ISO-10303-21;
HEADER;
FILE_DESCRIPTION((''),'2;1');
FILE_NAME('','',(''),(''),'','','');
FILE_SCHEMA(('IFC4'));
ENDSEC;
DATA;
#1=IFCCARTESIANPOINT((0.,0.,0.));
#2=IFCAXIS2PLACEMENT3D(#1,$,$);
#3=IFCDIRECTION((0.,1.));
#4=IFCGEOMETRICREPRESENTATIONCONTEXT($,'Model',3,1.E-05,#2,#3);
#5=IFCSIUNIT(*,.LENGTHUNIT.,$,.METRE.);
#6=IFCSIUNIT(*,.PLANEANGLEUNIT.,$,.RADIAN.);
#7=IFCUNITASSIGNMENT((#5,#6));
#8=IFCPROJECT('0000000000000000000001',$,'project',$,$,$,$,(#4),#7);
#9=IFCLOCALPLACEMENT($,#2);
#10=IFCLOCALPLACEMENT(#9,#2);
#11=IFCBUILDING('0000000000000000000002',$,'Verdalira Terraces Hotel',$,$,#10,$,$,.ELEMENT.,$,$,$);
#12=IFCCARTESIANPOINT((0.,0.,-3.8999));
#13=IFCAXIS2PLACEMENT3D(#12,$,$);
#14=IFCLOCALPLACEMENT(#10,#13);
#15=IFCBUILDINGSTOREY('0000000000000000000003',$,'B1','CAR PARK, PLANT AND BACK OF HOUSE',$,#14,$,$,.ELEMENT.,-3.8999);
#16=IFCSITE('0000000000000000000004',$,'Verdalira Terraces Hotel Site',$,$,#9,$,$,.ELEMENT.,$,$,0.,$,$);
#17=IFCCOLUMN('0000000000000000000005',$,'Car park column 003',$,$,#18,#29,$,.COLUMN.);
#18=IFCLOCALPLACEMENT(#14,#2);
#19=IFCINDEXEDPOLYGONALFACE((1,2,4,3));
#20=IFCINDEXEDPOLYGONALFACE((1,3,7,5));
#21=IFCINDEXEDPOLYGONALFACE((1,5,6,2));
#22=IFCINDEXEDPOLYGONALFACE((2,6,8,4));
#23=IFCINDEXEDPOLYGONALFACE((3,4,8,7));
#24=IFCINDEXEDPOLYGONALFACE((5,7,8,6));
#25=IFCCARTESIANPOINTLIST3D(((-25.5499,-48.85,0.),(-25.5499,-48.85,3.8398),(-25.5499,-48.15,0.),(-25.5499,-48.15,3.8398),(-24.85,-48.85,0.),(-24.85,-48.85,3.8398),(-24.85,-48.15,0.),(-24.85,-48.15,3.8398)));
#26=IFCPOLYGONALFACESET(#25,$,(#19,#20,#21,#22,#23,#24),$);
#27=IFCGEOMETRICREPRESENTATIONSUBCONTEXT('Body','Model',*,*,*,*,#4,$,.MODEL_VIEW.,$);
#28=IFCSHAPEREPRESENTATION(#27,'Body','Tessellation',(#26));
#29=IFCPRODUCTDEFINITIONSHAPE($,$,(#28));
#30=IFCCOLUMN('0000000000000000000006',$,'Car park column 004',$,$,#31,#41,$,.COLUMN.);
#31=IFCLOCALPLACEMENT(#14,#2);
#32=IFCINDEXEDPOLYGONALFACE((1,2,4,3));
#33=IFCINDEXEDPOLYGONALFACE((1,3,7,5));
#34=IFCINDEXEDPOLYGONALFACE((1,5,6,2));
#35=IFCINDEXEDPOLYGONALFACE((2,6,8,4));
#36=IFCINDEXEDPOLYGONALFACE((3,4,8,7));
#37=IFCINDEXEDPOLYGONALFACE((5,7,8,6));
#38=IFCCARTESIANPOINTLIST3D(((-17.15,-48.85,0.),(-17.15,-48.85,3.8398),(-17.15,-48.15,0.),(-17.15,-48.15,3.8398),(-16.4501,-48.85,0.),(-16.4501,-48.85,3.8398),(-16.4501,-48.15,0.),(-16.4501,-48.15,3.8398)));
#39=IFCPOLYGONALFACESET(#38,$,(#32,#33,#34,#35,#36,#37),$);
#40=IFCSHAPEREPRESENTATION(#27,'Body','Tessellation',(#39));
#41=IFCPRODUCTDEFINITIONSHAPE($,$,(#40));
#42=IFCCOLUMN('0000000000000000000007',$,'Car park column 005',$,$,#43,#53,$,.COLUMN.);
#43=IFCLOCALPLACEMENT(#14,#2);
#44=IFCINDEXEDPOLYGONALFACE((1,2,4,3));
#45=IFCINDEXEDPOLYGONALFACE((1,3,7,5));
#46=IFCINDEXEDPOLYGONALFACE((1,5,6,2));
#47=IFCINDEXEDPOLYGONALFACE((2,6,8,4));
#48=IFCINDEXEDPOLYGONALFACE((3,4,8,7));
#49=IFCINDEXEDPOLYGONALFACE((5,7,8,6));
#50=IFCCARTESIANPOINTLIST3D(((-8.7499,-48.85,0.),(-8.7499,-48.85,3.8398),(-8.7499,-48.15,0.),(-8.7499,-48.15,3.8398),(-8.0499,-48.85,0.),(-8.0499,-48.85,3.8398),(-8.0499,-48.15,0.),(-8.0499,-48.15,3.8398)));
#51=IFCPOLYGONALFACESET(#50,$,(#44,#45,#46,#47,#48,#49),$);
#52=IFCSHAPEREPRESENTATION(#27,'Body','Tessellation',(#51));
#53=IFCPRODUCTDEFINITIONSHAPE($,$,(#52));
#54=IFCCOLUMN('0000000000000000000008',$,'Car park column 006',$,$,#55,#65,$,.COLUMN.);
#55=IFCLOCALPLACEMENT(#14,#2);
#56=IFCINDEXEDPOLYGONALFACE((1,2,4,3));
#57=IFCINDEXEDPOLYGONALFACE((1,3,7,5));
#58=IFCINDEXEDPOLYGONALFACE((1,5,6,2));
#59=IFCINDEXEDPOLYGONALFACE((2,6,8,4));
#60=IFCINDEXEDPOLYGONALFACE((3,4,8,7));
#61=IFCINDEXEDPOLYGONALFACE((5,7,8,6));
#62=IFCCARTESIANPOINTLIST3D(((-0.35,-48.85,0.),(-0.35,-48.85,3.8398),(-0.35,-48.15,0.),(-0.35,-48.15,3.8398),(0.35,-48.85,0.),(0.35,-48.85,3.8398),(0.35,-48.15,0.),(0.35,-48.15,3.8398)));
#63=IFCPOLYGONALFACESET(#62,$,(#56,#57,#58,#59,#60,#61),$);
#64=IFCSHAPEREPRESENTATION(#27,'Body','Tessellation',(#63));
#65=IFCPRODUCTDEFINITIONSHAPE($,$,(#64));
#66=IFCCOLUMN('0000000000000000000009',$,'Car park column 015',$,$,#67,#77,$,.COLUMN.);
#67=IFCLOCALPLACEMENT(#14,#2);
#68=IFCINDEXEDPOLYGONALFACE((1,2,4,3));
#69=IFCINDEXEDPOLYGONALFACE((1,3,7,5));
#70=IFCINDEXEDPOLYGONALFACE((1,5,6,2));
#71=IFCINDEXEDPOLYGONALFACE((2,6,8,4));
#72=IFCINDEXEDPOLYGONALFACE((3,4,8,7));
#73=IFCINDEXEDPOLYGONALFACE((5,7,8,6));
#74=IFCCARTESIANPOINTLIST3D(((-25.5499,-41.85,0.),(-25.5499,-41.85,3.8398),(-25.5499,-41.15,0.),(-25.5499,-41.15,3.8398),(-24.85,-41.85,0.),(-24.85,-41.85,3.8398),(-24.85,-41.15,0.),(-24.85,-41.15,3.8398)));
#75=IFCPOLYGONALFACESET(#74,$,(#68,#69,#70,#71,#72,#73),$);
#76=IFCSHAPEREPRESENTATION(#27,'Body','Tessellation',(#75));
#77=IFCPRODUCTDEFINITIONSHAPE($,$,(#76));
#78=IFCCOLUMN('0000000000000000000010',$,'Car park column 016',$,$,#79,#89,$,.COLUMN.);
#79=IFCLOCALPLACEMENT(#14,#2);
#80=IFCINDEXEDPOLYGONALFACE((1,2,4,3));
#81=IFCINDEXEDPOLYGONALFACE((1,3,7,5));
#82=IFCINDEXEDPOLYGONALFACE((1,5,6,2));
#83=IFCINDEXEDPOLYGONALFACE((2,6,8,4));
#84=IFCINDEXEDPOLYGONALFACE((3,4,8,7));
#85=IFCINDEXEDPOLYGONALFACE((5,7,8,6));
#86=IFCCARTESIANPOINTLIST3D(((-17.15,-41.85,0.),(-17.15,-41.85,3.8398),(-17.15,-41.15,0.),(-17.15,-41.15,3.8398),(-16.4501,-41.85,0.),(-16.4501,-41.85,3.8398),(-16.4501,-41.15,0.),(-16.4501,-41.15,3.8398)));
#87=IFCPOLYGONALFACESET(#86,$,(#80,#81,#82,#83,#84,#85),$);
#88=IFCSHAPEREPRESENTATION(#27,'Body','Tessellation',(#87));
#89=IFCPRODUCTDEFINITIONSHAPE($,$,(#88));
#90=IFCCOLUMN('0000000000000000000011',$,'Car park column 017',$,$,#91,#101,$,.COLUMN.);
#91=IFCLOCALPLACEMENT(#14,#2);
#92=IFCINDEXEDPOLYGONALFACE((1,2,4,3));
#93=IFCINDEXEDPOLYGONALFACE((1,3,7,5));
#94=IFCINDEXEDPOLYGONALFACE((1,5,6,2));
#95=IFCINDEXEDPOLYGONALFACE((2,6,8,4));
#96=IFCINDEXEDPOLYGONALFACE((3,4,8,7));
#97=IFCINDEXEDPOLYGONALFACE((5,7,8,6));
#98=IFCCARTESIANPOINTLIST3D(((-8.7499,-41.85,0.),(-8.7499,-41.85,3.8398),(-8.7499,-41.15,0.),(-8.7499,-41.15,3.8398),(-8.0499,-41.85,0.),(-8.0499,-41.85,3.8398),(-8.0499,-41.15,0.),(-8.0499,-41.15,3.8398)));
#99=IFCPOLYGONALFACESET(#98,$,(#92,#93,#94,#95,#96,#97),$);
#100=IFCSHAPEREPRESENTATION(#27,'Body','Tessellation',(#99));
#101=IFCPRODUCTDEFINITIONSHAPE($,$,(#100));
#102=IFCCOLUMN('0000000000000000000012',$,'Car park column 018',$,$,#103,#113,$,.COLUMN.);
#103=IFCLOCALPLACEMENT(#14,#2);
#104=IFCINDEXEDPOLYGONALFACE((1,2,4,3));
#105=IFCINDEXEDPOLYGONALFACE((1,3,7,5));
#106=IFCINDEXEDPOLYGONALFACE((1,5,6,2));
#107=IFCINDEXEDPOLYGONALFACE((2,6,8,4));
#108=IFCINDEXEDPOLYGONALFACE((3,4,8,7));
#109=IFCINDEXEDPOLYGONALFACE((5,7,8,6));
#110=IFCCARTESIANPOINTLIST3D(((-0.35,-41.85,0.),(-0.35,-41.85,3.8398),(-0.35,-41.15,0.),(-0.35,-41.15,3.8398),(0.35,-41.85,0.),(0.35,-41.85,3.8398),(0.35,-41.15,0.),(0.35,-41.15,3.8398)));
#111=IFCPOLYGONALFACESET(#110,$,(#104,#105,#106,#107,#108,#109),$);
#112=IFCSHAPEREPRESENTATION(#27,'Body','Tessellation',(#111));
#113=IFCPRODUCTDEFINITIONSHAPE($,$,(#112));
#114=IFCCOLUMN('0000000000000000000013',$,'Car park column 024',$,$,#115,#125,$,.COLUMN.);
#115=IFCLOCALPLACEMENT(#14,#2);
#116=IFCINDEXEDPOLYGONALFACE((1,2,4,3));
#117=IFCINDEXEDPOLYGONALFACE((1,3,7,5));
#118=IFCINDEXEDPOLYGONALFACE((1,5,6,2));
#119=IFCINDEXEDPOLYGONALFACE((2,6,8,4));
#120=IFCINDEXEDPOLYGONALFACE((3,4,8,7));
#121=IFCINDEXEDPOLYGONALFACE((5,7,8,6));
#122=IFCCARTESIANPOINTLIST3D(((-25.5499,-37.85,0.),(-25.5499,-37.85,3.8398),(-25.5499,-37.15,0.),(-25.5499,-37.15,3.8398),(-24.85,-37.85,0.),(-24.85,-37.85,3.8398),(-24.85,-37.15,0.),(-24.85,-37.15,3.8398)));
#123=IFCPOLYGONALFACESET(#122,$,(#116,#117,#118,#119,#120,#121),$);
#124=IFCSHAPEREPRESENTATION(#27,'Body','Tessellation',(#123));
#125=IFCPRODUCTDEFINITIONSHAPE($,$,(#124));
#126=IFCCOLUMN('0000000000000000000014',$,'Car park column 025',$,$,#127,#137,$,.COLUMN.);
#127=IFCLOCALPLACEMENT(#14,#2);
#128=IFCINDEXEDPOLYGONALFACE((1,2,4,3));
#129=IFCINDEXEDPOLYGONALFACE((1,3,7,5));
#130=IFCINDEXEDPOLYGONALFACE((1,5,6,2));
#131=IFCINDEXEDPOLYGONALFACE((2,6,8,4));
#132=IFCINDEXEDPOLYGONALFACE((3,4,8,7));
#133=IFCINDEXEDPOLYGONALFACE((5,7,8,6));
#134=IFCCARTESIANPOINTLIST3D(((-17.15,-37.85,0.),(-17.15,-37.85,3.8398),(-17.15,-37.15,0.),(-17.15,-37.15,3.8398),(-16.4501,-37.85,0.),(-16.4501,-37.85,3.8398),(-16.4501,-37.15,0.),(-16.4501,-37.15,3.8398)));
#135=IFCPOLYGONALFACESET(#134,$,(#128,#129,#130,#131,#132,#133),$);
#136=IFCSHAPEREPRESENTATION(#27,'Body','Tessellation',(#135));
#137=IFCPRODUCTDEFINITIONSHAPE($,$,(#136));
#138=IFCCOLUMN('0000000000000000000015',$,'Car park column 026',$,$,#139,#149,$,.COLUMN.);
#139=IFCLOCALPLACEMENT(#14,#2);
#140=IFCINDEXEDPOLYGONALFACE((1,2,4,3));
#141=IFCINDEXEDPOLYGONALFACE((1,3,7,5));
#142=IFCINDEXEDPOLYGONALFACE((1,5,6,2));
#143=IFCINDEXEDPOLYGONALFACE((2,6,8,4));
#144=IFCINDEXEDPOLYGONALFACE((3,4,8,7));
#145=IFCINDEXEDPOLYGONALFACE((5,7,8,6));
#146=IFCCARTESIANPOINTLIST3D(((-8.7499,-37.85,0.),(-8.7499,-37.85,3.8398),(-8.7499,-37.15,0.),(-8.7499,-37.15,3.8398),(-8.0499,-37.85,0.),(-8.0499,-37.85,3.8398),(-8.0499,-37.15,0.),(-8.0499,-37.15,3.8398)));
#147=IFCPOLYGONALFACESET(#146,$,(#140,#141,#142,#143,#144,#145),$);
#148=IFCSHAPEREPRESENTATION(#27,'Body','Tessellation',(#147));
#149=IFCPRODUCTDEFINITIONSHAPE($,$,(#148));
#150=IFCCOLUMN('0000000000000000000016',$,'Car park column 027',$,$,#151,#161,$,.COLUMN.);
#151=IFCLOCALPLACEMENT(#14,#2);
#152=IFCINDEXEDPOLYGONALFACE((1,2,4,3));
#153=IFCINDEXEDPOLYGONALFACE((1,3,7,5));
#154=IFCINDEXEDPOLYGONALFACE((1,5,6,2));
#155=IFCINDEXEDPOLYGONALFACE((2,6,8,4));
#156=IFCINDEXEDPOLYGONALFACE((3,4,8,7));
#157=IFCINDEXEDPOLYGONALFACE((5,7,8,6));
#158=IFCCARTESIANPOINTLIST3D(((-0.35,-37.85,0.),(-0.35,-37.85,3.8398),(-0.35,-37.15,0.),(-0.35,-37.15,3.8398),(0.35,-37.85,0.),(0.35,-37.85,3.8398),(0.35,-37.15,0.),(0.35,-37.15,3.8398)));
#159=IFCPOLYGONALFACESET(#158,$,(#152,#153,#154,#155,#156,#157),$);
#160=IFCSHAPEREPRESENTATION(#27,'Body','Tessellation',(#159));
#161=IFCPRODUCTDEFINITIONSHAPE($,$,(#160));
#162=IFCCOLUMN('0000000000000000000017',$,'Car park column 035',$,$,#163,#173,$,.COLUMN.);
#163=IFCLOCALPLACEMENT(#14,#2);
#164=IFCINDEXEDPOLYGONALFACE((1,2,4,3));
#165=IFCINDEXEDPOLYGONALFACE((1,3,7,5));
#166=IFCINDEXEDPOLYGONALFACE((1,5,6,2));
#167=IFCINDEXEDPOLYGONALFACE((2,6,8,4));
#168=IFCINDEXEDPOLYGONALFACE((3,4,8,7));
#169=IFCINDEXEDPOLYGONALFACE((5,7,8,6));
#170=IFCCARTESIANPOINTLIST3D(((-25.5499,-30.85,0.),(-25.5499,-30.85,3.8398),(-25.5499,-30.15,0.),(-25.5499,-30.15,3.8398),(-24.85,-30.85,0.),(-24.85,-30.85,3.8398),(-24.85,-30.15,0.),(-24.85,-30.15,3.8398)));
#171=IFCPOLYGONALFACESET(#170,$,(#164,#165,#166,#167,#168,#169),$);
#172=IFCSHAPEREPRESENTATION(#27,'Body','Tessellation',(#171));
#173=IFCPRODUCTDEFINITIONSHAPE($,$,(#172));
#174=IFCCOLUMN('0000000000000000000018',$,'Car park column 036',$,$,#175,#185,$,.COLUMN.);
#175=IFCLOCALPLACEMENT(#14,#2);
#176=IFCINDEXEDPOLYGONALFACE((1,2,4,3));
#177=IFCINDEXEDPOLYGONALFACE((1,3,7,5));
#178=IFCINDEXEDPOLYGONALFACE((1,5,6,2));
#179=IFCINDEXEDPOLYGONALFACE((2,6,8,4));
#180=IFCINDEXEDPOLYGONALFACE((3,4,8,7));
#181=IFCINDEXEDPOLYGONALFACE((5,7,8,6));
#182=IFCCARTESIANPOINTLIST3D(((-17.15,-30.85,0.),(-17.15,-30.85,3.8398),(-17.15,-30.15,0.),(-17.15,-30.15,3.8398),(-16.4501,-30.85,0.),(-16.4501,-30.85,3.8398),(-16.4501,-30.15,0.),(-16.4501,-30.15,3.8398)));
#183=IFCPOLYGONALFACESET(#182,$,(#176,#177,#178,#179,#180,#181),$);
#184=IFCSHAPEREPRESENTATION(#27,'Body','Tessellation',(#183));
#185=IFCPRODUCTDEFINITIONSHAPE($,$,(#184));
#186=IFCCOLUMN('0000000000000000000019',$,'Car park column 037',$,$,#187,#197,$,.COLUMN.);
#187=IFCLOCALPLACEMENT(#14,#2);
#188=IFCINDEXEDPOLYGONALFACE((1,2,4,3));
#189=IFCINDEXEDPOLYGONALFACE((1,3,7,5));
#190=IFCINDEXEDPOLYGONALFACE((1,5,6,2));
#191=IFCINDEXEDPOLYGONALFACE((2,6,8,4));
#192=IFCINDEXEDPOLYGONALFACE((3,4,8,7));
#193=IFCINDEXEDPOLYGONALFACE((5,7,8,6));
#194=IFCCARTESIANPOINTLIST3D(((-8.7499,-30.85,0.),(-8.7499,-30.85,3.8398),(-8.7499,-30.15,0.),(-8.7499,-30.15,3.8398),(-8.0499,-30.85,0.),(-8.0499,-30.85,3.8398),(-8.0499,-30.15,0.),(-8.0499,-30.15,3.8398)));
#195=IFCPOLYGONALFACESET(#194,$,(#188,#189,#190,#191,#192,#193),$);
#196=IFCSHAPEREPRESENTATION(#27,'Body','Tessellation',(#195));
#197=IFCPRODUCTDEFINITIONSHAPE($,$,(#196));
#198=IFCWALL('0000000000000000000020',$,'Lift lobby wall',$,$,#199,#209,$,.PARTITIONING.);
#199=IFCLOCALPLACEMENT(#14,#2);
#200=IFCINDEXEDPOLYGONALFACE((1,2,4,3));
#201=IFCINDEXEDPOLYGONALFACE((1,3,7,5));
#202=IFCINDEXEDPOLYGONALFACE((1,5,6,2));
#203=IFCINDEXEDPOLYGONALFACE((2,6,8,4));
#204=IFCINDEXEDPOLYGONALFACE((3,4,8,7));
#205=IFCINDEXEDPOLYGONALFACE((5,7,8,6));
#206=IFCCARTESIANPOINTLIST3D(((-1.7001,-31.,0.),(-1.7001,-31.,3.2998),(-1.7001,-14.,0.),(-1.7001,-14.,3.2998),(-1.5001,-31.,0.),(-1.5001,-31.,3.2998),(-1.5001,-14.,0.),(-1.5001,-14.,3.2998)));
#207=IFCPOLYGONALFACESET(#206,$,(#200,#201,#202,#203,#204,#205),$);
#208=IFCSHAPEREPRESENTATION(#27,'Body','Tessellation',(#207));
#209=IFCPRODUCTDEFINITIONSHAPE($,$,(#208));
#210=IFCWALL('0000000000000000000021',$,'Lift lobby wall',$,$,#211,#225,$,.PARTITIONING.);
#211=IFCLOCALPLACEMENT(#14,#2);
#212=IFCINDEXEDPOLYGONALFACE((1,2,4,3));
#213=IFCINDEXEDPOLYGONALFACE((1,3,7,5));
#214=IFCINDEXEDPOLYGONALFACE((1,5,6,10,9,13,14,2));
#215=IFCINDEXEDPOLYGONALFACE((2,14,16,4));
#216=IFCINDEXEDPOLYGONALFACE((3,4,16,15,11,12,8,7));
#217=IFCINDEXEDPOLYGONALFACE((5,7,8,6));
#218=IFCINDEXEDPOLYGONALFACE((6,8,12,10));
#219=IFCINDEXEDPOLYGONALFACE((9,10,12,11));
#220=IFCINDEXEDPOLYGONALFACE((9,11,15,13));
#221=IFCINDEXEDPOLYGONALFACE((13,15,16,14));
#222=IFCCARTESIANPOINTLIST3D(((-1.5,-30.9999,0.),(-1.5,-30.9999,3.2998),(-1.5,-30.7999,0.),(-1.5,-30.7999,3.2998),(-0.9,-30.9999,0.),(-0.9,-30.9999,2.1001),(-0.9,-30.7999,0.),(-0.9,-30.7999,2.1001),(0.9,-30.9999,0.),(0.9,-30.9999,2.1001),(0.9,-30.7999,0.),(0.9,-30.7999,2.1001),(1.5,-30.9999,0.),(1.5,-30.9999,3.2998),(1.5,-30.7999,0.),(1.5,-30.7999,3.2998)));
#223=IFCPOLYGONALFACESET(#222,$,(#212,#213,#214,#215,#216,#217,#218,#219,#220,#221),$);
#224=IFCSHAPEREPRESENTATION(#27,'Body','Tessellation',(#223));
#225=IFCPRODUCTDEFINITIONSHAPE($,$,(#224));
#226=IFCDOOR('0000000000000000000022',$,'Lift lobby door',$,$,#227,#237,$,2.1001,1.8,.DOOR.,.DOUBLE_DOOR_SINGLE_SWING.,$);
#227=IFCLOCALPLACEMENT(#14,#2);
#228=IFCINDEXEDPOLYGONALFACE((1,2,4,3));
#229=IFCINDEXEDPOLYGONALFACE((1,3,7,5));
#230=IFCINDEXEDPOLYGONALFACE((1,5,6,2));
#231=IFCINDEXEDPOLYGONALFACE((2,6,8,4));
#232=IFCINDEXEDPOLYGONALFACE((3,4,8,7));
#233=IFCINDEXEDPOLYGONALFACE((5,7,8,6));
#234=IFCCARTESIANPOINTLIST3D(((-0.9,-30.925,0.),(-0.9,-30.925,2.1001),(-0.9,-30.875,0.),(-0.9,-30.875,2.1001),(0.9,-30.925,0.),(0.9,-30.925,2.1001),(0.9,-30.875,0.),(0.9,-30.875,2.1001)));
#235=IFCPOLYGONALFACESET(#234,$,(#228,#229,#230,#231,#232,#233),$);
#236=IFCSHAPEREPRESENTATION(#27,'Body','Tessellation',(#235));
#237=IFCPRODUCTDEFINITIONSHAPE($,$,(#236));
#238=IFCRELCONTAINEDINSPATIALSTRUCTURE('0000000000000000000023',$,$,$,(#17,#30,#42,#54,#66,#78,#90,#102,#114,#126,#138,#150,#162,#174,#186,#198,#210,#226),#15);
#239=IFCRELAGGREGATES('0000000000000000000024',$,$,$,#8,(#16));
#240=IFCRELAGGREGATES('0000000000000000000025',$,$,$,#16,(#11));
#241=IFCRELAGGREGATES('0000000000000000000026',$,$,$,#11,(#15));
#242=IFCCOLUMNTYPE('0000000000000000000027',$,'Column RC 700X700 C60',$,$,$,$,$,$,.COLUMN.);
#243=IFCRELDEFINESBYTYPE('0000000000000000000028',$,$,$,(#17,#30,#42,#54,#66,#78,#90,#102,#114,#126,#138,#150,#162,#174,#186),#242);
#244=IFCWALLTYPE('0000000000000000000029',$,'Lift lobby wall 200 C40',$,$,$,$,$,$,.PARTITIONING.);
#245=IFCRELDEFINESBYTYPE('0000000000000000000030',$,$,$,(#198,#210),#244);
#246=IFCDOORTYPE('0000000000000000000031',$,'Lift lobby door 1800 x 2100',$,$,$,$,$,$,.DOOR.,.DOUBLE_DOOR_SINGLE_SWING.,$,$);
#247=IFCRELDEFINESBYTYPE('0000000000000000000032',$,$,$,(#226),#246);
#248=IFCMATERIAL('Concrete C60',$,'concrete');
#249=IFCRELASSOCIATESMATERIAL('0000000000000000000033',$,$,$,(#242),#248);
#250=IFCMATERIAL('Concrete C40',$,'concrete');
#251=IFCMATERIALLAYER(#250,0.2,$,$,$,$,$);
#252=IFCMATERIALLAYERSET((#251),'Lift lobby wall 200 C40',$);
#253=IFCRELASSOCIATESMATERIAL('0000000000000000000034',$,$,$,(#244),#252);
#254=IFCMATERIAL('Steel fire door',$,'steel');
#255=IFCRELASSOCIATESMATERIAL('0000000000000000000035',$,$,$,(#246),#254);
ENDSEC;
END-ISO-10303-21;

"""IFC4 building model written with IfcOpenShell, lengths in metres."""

from ifc_helpers import new_model, si_unit, direction, frame, frame_2d, origin, origin_2d, place, context, subcontext, project, spatial, rectangle, extrude, material, layer, layer_set, material_profile, profile_set, type_object, element, fill, save


model = new_model("IFC4")

# Units and contexts
model_context = context("Model", 3, precision=1e-05, world=origin(), true_north=direction((0.0, 1.0)))
body_context = subcontext(model_context, "Body", "Model", "MODEL_VIEW")
ifc_project = project(units=[si_unit("LENGTHUNIT", "METRE"), si_unit("PLANEANGLEUNIT", "RADIAN")], contexts=[model_context])

# Site, building, storey
site_placement = place(None, origin())
site = spatial("IfcSite", under=ifc_project, at=site_placement, Name="Verdalira Terraces Hotel Site", CompositionType="ELEMENT", RefElevation=0.0)
building_placement = place(site_placement, origin())
building = spatial("IfcBuilding", under=site, at=building_placement, Name="Verdalira Terraces Hotel", CompositionType="ELEMENT")
storey_placement = place(building_placement, frame((0.0, 0.0, -3.8999)))
storey = spatial("IfcBuildingStorey", under=building, at=storey_placement, Name="B1", Description="CAR PARK, PLANT AND BACK OF HOUSE", CompositionType="ELEMENT", Elevation=-3.8999)

# Columns
ifc_material_1 = material(Name="Concrete C60", Category="concrete")
ifc_material_profile = material_profile(ifc_material_1, rectangle(XDim=0.7, YDim=0.7, at=origin_2d()), Name="RC 700X700")
ifc_profile_set = profile_set([ifc_material_profile], Name="Concrete C60")
column_type = type_object("IfcColumnType", Name="Column RC 700X700 C60", PredefinedType="COLUMN", material=ifc_profile_set)
for number, where, z_axis, x_axis, name in (
    (1, (-25.2, -48.5, 0.0), (0.0, 0.0, 1.0), (1.0, 0.0, 0.0), "Car park column 003"),
    (2, (-16.8, -48.5, 0.0), (0.0, 0.0, 1.0), (1.0, 0.0, 0.0), "Car park column 004"),
    (3, (-8.3999, -48.5, 0.0), (0.0, 0.0, 1.0), (1.0, 0.0, 0.0), "Car park column 005"),
    (4, (0.0, -48.5, 0.0), (0.0, 0.0, 1.0), (1.0, 0.0, 0.0), "Car park column 006"),
    (5, (-25.2, -41.5, 0.0), (0.0, 0.0, 1.0), (1.0, 0.0, 0.0), "Car park column 015"),
    (6, (-16.8, -41.5, 0.0), (0.0, 0.0, 1.0), (1.0, 0.0, 0.0), "Car park column 016"),
    (7, (-8.3999, -41.5, 0.0), (0.0, 0.0, 1.0), (1.0, 0.0, 0.0), "Car park column 017"),
    (8, (0.0, -41.5, 0.0), (0.0, 0.0, 1.0), (1.0, 0.0, 0.0), "Car park column 018"),
    (9, (-25.2, -37.5, 0.0), (0.0, 0.0, 1.0), (1.0, 0.0, 0.0), "Car park column 024"),
    (10, (-16.8, -37.5, 0.0), (0.0, 0.0, 1.0), (1.0, 0.0, 0.0), "Car park column 025"),
    (11, (-8.3999, -37.5, 0.0), (0.0, 0.0, 1.0), (1.0, 0.0, 0.0), "Car park column 026"),
    (12, (0.0, -37.5, 0.0), (0.0, 0.0, 1.0), (1.0, 0.0, 0.0), "Car park column 027"),
    (13, (-25.2, -30.5, 0.0), (0.0, 0.0, 1.0), (1.0, 0.0, 0.0), "Car park column 035"),
    (14, (-16.8, -30.5, 0.0), (0.0, 0.0, 1.0), (1.0, 0.0, 0.0), "Car park column 036"),
    (15, (-8.3999, -30.5, 0.0), (0.0, 0.0, 1.0), (1.0, 0.0, 0.0), "Car park column 037"),
):
    element("IfcColumn", number, at=place(storey_placement, frame(where, z_axis=z_axis, x_axis=x_axis)), inside=storey, type_object=column_type, Name=name, PredefinedType="COLUMN", context=body_context, shape_type="SweptSolid", body=[
        extrude(rectangle(XDim=0.7, YDim=0.7, at=origin_2d()), origin(), (0.0, 0.0, 1.0), 3.8398),
    ])

# Wall
ifc_material_2 = material(Name="Concrete C40", Category="concrete")
ifc_layer_1 = layer(ifc_material_2, 0.2)
ifc_layer_set_1 = layer_set([ifc_layer_1], Name="Lift lobby wall 200 C40")
wall_type_1 = type_object("IfcWallType", Name="Lift lobby wall 200 C40", PredefinedType="PARTITIONING", material=ifc_layer_set_1)
wall_1_placement = place(storey_placement, frame((-1.6001, -31.0, 0.0), z_axis=(0.0, 0.0, 1.0), x_axis=(0.0, 1.0, 0.0)))
element("IfcWall", 16, at=wall_1_placement, inside=storey, type_object=wall_type_1, Name="Lift lobby wall", PredefinedType="PARTITIONING", context=body_context, shape_type="SweptSolid", body=[
    extrude(rectangle(XDim=17.0, YDim=0.2, at=frame_2d((8.5, 0.0))), origin(), (0.0, 0.0, 1.0), 3.2998),
])

# Wall, opening, door
wall_2_placement = place(storey_placement, frame((-1.5, -30.8999, 0.0), z_axis=(0.0, 0.0, 1.0), x_axis=(1.0, 0.0, 0.0)))
wall_2 = element("IfcWall", 17, at=wall_2_placement, inside=storey, type_object=wall_type_1, Name="Lift lobby wall", PredefinedType="PARTITIONING", context=body_context, shape_type="SweptSolid", body=[
    extrude(rectangle(XDim=3.0, YDim=0.2, at=frame_2d((1.5, 0.0))), origin(), (0.0, 0.0, 1.0), 3.2998),
])
opening_1_placement = place(wall_2_placement, frame((0.6001, 0.0, 0.0)))
opening_1 = element("IfcOpeningElement", 18, at=opening_1_placement, cuts=wall_2, PredefinedType="OPENING", context=body_context, shape_type="SweptSolid", body=[
    extrude(rectangle(XDim=1.8, YDim=2.1001, at=frame_2d((0.8999, 1.05))), frame((0.0, 0.1099, 0.0), z_axis=(0.0, -1.0, 0.0), x_axis=(1.0, 0.0, 0.0)), (0.0, 0.0, 1.0), 0.22),
])
ifc_material_3 = material(Name="Steel fire door", Category="steel")
door_type_1 = type_object("IfcDoorType", Name="Lift lobby door 1800 x 2100", OperationType="DOUBLE_DOOR_SINGLE_SWING", PredefinedType="DOOR", material=ifc_material_3)
door_1_placement = place(opening_1_placement, origin())
door_1 = element("IfcDoor", 19, at=door_1_placement, inside=storey, type_object=door_type_1, Name="Lift lobby door", OperationType="DOUBLE_DOOR_SINGLE_SWING", OverallHeight=2.1001, OverallWidth=1.8, PredefinedType="DOOR", context=body_context, shape_type="SweptSolid", body=[
    extrude(rectangle(XDim=1.8, YDim=2.1001, at=frame_2d((0.8999, 1.05))), frame((0.0, 0.0249, 0.0), z_axis=(0.0, -1.0, 0.0), x_axis=(1.0, 0.0, 0.0)), (0.0, 0.0, 1.0), 0.05),
])
fill(opening_1, door_1)

save(model, "model.ifc")
